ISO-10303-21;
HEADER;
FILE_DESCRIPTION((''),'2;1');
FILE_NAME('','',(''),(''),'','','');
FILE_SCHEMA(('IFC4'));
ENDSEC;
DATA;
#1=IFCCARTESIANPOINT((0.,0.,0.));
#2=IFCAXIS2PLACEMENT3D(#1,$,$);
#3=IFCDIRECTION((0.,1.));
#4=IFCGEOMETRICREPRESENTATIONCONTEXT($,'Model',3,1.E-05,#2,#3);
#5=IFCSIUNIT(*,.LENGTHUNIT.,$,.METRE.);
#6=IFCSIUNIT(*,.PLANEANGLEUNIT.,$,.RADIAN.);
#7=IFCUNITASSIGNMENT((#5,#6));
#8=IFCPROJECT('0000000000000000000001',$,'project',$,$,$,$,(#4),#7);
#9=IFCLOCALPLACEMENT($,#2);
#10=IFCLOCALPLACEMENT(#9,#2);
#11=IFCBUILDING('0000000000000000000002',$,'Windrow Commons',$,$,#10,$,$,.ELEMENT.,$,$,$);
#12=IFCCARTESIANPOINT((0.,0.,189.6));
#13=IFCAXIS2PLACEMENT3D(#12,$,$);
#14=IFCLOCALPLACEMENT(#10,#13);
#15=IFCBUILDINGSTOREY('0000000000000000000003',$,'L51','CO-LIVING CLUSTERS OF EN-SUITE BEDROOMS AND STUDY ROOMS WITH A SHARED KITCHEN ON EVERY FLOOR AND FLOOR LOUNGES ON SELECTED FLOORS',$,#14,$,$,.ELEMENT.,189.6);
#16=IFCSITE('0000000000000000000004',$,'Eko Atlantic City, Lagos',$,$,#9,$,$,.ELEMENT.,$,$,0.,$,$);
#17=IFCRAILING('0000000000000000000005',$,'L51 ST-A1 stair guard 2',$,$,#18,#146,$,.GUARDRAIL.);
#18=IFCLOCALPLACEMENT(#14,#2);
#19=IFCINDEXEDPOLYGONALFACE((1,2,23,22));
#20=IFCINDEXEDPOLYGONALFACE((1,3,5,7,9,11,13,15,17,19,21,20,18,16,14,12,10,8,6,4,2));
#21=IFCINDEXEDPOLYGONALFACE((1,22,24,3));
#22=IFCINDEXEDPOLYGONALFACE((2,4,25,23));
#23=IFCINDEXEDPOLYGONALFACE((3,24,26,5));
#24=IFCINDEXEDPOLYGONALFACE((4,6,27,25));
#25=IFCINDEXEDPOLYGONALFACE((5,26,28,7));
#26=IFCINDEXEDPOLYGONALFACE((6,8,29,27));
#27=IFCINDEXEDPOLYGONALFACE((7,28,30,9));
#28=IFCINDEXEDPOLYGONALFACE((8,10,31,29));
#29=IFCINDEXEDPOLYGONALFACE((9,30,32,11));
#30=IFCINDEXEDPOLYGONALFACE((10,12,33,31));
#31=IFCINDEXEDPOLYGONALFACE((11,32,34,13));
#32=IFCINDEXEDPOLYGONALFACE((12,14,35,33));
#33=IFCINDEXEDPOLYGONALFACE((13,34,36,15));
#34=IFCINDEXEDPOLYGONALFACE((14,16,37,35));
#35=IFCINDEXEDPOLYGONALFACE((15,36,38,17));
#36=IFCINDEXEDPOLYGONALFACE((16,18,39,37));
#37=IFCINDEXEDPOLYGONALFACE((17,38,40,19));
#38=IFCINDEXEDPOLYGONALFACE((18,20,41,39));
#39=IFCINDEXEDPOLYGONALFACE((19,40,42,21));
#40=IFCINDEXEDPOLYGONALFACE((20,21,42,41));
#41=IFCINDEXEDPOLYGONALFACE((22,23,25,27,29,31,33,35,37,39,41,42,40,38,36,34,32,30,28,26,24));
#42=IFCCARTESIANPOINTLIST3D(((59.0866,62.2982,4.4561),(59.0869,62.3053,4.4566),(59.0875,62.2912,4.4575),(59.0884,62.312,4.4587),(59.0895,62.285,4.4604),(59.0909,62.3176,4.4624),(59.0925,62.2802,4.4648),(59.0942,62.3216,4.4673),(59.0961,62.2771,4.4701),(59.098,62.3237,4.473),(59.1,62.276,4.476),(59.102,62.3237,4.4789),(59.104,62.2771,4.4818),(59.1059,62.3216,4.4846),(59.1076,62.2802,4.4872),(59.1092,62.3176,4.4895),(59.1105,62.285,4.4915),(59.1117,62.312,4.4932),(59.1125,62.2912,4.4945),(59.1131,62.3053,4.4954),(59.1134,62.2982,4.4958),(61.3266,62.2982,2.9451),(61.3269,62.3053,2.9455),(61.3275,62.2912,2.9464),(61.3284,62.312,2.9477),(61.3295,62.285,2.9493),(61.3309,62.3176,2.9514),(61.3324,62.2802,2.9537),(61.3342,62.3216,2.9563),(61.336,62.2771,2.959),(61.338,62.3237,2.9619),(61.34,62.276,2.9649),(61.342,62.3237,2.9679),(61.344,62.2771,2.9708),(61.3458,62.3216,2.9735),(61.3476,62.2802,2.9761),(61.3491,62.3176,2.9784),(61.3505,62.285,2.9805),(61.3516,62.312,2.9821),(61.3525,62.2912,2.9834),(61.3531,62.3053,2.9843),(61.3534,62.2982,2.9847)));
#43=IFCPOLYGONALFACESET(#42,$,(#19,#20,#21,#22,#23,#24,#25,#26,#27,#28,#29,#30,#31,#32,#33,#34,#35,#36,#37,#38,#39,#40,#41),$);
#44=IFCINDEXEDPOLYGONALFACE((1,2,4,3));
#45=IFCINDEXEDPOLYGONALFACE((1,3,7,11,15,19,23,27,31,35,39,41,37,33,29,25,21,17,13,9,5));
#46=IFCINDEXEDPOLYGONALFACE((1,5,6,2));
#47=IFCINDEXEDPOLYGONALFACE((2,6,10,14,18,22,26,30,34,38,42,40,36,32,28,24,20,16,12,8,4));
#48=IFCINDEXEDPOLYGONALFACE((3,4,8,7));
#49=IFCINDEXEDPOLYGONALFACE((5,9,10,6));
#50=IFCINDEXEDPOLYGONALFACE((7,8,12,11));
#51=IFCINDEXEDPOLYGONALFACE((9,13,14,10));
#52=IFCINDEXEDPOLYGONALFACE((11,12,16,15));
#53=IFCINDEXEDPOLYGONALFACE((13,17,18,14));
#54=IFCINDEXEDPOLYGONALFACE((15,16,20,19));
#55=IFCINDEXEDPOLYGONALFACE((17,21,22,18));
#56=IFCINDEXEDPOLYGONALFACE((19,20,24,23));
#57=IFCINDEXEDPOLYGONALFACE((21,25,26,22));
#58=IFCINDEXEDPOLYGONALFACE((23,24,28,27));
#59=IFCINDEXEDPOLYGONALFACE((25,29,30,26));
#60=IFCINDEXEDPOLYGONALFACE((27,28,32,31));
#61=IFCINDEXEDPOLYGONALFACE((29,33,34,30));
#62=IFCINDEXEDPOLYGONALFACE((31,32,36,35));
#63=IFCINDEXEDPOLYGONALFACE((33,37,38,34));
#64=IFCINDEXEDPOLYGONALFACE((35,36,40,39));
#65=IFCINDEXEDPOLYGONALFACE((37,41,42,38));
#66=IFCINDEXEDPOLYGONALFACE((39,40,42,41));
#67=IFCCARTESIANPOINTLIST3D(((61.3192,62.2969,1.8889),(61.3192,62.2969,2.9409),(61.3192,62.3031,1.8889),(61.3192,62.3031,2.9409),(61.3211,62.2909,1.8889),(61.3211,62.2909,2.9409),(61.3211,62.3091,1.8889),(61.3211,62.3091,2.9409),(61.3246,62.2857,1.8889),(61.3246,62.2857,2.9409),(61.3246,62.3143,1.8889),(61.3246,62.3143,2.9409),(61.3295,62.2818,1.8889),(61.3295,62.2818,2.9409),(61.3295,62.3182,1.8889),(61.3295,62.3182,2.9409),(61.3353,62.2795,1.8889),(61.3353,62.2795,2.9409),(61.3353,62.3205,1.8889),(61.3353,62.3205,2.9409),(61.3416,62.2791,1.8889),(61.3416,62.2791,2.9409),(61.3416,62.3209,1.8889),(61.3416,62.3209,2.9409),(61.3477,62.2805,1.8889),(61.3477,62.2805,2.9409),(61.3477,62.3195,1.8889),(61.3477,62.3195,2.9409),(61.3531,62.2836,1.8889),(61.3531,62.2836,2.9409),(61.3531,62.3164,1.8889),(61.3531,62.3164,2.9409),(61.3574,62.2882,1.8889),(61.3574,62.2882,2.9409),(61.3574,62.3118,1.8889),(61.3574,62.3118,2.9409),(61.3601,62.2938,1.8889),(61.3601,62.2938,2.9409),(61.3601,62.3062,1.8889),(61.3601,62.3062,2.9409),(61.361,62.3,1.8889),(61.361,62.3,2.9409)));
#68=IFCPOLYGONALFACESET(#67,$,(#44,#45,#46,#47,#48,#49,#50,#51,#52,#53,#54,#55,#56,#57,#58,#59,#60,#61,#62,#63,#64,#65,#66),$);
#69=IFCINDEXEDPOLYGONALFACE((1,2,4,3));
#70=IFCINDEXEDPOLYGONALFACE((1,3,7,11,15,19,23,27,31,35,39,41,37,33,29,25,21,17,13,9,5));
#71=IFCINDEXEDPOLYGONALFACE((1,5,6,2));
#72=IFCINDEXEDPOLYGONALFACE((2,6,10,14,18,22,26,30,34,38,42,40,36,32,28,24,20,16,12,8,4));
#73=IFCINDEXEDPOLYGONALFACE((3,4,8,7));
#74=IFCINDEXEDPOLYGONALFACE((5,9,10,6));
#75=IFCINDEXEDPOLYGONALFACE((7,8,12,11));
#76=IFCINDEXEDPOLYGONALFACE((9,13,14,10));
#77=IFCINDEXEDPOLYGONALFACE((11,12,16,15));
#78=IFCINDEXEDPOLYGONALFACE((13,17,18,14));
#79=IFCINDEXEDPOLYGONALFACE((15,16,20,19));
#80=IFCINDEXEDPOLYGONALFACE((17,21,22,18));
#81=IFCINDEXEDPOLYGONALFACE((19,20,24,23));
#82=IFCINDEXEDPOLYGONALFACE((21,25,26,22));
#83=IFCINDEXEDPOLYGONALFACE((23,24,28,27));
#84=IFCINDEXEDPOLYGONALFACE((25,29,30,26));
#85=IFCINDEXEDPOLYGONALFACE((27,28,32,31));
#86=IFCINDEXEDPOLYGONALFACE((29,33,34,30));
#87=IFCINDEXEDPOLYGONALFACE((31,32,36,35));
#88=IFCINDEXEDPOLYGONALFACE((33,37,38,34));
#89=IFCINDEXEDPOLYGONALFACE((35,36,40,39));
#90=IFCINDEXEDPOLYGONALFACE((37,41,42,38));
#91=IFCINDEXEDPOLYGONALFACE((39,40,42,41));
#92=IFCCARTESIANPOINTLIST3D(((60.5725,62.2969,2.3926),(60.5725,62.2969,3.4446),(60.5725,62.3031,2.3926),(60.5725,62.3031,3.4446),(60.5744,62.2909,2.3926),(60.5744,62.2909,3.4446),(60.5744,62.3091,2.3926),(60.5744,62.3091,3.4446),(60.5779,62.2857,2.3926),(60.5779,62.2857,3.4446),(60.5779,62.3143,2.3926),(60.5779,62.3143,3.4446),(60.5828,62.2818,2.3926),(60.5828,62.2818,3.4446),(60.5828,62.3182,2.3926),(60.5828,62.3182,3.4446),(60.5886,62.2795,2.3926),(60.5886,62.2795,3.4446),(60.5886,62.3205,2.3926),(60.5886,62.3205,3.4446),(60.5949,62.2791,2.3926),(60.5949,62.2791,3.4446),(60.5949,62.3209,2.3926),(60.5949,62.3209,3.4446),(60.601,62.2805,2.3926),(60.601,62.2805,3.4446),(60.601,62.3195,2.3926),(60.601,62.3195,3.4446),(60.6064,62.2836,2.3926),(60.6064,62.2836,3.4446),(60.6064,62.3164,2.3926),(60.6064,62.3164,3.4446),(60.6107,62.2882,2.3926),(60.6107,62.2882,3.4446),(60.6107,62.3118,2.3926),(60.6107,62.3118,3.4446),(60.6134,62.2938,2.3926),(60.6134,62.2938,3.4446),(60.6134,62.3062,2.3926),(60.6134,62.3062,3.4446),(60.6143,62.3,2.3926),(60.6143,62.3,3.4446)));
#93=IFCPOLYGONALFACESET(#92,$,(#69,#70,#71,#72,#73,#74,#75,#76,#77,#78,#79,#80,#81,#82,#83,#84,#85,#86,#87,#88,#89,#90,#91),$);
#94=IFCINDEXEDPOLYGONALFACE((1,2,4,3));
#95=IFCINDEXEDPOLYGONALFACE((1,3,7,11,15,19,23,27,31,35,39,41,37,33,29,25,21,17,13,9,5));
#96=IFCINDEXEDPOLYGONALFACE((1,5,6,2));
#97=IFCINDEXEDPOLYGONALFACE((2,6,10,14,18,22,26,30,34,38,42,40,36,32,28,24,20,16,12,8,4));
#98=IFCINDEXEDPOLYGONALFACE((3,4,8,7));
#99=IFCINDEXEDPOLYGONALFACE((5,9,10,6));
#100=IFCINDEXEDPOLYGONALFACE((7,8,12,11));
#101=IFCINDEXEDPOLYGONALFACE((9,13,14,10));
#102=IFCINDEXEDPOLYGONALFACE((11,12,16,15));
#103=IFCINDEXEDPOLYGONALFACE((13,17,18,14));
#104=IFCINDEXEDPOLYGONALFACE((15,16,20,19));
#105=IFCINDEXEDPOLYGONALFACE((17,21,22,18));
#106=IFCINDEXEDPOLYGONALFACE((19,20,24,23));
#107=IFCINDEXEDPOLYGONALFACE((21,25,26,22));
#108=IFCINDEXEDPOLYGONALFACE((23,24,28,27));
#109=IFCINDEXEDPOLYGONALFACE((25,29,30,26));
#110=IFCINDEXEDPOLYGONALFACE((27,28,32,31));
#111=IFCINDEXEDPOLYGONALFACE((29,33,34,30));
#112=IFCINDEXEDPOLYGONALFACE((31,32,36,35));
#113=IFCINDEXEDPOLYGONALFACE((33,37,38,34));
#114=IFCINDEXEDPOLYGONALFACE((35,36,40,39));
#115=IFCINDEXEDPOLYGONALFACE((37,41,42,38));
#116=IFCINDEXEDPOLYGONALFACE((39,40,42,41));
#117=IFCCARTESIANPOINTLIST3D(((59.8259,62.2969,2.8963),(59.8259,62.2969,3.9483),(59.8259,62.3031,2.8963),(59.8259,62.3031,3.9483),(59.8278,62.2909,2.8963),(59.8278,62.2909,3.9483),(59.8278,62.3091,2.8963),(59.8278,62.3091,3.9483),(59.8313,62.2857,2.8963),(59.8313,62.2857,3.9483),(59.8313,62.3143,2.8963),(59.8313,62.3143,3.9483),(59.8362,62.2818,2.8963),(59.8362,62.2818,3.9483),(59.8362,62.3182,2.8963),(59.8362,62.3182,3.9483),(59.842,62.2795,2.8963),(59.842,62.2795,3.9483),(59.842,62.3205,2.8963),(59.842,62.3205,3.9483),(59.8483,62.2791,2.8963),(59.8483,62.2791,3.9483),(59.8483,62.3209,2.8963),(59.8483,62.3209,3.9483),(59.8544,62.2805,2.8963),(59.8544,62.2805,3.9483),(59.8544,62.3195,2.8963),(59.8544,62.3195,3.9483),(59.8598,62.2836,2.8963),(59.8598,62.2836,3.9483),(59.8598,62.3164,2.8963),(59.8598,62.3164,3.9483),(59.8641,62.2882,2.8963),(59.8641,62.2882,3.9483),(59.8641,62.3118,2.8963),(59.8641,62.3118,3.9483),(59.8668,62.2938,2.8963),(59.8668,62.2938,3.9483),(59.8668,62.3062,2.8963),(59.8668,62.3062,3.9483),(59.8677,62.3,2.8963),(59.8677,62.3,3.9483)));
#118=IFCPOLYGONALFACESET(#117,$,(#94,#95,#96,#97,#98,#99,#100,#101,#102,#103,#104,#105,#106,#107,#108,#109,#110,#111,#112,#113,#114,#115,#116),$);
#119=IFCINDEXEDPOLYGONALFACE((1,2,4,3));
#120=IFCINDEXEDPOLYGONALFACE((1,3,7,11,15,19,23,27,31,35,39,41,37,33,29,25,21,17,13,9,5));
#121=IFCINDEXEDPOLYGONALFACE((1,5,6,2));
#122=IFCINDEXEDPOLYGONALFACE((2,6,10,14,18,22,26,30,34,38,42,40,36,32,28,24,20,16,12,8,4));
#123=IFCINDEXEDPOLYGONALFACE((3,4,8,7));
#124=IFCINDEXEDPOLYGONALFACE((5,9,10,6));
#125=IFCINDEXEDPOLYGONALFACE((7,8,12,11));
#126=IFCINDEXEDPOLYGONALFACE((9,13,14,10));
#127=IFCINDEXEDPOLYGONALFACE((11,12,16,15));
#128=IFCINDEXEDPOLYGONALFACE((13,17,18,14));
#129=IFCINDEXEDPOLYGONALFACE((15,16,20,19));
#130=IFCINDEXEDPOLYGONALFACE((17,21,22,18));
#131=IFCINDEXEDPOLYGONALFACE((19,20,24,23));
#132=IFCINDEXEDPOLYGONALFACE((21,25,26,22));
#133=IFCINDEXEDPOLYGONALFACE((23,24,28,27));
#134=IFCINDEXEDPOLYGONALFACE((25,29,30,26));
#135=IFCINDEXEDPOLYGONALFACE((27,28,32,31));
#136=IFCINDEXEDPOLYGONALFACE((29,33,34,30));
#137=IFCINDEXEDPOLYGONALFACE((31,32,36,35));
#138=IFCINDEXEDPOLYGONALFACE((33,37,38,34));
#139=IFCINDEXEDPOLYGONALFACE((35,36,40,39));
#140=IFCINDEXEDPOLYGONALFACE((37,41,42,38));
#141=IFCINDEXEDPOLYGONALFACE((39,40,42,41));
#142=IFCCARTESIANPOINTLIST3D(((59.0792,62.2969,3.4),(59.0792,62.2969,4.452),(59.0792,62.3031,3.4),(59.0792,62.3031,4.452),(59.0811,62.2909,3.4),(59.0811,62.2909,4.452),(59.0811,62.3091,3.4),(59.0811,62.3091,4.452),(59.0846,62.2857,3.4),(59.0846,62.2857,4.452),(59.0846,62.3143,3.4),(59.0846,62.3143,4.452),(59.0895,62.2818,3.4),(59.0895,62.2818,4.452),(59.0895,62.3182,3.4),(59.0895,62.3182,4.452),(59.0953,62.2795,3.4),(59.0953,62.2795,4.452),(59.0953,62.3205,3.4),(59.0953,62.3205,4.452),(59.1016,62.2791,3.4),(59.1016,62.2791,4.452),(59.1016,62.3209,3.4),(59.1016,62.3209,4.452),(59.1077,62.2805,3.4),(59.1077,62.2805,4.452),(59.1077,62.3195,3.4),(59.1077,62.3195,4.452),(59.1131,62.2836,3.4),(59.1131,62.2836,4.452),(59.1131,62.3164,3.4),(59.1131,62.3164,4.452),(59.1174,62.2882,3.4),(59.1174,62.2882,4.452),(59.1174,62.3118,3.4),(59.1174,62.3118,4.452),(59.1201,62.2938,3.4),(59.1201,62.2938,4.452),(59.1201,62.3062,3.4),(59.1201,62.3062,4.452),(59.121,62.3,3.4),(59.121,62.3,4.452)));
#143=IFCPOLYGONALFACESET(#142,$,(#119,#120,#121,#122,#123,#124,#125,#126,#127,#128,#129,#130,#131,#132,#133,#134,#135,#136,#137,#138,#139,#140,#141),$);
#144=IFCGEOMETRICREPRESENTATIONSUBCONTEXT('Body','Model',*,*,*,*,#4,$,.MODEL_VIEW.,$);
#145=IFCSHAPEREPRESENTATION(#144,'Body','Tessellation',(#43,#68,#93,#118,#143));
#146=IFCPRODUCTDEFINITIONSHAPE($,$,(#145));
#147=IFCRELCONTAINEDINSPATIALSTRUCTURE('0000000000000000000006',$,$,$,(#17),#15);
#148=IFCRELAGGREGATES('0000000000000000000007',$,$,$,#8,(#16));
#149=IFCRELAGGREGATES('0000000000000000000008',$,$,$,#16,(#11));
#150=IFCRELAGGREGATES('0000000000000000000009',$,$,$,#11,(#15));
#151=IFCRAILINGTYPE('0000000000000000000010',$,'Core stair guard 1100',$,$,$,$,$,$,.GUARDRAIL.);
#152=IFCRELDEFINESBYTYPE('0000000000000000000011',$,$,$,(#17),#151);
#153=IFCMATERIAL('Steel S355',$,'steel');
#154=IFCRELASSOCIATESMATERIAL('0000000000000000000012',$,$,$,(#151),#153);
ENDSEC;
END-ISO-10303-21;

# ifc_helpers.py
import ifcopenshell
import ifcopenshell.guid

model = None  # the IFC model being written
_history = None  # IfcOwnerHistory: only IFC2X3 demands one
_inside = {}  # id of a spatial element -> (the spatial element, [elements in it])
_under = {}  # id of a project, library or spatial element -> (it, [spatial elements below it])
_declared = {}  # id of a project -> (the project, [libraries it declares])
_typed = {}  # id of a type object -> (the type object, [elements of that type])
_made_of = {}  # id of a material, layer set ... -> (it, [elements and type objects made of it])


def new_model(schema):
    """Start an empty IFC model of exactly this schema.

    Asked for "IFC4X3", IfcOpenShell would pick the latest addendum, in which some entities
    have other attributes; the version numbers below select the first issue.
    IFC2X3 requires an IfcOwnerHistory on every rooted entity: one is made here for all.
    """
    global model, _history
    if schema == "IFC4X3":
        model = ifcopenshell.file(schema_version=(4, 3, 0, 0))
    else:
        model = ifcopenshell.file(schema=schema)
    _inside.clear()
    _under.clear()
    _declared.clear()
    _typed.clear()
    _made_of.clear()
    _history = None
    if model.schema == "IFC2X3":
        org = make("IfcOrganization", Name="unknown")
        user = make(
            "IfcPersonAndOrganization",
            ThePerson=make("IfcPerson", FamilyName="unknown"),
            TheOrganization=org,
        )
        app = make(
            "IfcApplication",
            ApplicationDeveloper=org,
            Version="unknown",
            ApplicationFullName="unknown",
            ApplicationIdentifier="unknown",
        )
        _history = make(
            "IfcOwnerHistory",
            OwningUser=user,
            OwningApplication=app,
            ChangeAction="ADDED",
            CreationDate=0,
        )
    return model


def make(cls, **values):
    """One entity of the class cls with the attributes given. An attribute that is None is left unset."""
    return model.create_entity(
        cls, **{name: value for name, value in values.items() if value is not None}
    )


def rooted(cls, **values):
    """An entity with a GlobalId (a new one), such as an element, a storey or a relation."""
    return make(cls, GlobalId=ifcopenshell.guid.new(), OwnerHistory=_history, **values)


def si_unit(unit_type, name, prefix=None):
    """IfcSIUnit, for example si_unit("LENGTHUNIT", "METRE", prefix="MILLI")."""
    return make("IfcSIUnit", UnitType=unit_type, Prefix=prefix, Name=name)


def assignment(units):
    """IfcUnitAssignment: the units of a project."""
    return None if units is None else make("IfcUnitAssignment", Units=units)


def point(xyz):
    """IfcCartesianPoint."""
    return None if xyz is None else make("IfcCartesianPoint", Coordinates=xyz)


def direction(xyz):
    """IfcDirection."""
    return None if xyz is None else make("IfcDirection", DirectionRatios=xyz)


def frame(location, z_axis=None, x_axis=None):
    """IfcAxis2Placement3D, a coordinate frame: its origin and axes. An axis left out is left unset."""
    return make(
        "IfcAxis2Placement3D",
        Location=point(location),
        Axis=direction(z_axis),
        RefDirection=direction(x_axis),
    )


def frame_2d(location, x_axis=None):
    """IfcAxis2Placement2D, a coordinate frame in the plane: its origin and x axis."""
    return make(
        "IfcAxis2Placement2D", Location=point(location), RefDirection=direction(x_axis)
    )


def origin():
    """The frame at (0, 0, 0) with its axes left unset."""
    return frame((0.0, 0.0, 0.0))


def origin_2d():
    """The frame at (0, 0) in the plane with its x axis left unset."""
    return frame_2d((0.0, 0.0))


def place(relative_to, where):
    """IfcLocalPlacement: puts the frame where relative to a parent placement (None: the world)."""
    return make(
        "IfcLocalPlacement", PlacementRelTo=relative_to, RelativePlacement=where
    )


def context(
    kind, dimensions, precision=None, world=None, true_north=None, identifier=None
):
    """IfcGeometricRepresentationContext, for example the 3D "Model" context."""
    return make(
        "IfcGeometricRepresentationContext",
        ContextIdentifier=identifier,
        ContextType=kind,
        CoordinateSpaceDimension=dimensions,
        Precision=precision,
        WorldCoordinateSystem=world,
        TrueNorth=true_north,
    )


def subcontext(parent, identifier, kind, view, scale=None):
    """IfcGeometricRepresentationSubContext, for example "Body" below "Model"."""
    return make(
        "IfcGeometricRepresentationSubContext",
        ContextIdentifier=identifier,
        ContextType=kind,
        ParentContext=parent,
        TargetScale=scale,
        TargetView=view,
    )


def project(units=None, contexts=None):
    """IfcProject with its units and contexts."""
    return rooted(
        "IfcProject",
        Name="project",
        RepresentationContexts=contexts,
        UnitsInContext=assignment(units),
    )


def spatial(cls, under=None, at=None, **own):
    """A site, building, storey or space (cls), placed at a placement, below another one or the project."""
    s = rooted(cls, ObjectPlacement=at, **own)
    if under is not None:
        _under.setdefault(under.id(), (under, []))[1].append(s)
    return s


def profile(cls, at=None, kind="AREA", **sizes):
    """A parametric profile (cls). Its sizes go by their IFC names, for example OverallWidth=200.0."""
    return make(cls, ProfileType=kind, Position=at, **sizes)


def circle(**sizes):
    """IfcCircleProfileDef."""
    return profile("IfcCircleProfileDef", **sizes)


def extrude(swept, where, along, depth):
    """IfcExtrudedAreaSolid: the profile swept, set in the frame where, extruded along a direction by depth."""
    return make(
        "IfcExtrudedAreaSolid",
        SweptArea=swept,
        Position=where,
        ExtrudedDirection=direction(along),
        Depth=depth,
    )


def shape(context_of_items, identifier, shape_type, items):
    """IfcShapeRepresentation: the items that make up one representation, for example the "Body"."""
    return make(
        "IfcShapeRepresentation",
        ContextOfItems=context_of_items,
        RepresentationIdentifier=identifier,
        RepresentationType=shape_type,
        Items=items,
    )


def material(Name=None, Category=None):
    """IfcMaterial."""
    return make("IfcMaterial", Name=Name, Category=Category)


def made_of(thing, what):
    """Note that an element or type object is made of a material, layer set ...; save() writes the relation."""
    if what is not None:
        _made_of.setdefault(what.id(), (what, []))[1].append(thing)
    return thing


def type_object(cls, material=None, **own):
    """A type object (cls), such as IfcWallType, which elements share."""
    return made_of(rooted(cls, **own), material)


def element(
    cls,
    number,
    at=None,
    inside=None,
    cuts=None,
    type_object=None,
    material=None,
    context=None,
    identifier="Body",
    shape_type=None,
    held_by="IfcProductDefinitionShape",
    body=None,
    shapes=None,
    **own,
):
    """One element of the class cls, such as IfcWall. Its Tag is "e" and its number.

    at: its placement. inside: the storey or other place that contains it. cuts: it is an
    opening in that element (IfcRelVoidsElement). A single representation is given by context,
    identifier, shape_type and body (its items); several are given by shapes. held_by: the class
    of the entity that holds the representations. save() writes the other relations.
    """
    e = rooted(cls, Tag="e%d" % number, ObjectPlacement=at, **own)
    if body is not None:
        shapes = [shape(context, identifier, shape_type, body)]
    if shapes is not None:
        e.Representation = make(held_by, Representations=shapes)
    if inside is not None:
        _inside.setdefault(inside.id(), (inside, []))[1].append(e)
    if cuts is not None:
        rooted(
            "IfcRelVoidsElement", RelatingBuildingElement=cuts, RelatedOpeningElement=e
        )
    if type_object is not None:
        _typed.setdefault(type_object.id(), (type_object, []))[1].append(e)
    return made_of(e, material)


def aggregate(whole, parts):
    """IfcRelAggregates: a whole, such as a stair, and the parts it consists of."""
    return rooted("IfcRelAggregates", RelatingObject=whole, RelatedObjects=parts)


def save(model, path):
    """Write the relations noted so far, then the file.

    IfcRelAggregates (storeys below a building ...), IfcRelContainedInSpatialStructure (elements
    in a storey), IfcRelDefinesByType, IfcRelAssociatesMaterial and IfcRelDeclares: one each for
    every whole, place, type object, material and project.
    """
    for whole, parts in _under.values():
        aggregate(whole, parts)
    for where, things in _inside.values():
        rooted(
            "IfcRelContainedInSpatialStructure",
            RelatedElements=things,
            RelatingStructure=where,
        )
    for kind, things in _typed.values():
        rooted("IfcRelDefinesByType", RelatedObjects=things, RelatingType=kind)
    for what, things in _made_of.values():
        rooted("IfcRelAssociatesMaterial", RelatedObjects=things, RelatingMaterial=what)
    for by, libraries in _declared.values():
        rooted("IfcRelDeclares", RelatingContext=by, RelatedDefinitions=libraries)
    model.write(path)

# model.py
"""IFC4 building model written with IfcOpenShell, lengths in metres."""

from ifc_helpers import new_model, si_unit, direction, frame, origin, origin_2d, place, context, subcontext, project, spatial, circle, extrude, material, type_object, element, save


model = new_model("IFC4")

# Units and contexts
model_context = context("Model", 3, precision=1e-05, world=origin(), true_north=direction((0.0, 1.0)))
body_context = subcontext(model_context, "Body", "Model", "MODEL_VIEW")
ifc_project = project(units=[si_unit("LENGTHUNIT", "METRE"), si_unit("PLANEANGLEUNIT", "RADIAN")], contexts=[model_context])

# Site, building, storey
site_placement = place(None, origin())
site = spatial("IfcSite", under=ifc_project, at=site_placement, Name="Eko Atlantic City, Lagos", CompositionType="ELEMENT", RefElevation=0.0)
building_placement = place(site_placement, origin())
building = spatial("IfcBuilding", under=site, at=building_placement, Name="Windrow Commons", CompositionType="ELEMENT")
storey_placement = place(building_placement, frame((0.0, 0.0, 189.6)))
storey = spatial("IfcBuildingStorey", under=building, at=storey_placement, Name="L51", Description="CO-LIVING CLUSTERS OF EN-SUITE BEDROOMS AND STUDY ROOMS WITH A SHARED KITCHEN ON EVERY FLOOR AND FLOOR LOUNGES ON SELECTED FLOORS", CompositionType="ELEMENT", Elevation=189.6)

# Railing
ifc_material_1 = material(Name="Steel S355", Category="steel")
railing_type_1 = type_object("IfcRailingType", Name="Core stair guard 1100", PredefinedType="GUARDRAIL", material=ifc_material_1)
railing_1_placement = place(storey_placement, frame((61.34, 62.3, 1.8889)))
element("IfcRailing", 1, at=railing_1_placement, inside=storey, type_object=railing_type_1, Name="L51 ST-A1 stair guard 2", PredefinedType="GUARDRAIL", context=body_context, shape_type="SweptSolid", body=[
    extrude(circle(Radius=0.024, at=origin_2d()), frame((0.0, 0.0, 1.076), z_axis=(-0.829003, 0.0, 0.559244), x_axis=(0.0, -1.0, 0.0)), (0.0, 0.0, 1.0), 2.702),
    extrude(circle(Radius=0.021, at=origin_2d()), origin(), (0.0, 0.0, 1.0), 1.052),
    extrude(circle(Radius=0.021, at=origin_2d()), frame((-0.7467, 0.0, 0.5037)), (0.0, 0.0, 1.0), 1.052),
    extrude(circle(Radius=0.021, at=origin_2d()), frame((-1.4933, 0.0, 1.0074)), (0.0, 0.0, 1.0), 1.052),
    extrude(circle(Radius=0.021, at=origin_2d()), frame((-2.24, 0.0, 1.5111)), (0.0, 0.0, 1.0), 1.052),
])

save(model, "model.ifc")
